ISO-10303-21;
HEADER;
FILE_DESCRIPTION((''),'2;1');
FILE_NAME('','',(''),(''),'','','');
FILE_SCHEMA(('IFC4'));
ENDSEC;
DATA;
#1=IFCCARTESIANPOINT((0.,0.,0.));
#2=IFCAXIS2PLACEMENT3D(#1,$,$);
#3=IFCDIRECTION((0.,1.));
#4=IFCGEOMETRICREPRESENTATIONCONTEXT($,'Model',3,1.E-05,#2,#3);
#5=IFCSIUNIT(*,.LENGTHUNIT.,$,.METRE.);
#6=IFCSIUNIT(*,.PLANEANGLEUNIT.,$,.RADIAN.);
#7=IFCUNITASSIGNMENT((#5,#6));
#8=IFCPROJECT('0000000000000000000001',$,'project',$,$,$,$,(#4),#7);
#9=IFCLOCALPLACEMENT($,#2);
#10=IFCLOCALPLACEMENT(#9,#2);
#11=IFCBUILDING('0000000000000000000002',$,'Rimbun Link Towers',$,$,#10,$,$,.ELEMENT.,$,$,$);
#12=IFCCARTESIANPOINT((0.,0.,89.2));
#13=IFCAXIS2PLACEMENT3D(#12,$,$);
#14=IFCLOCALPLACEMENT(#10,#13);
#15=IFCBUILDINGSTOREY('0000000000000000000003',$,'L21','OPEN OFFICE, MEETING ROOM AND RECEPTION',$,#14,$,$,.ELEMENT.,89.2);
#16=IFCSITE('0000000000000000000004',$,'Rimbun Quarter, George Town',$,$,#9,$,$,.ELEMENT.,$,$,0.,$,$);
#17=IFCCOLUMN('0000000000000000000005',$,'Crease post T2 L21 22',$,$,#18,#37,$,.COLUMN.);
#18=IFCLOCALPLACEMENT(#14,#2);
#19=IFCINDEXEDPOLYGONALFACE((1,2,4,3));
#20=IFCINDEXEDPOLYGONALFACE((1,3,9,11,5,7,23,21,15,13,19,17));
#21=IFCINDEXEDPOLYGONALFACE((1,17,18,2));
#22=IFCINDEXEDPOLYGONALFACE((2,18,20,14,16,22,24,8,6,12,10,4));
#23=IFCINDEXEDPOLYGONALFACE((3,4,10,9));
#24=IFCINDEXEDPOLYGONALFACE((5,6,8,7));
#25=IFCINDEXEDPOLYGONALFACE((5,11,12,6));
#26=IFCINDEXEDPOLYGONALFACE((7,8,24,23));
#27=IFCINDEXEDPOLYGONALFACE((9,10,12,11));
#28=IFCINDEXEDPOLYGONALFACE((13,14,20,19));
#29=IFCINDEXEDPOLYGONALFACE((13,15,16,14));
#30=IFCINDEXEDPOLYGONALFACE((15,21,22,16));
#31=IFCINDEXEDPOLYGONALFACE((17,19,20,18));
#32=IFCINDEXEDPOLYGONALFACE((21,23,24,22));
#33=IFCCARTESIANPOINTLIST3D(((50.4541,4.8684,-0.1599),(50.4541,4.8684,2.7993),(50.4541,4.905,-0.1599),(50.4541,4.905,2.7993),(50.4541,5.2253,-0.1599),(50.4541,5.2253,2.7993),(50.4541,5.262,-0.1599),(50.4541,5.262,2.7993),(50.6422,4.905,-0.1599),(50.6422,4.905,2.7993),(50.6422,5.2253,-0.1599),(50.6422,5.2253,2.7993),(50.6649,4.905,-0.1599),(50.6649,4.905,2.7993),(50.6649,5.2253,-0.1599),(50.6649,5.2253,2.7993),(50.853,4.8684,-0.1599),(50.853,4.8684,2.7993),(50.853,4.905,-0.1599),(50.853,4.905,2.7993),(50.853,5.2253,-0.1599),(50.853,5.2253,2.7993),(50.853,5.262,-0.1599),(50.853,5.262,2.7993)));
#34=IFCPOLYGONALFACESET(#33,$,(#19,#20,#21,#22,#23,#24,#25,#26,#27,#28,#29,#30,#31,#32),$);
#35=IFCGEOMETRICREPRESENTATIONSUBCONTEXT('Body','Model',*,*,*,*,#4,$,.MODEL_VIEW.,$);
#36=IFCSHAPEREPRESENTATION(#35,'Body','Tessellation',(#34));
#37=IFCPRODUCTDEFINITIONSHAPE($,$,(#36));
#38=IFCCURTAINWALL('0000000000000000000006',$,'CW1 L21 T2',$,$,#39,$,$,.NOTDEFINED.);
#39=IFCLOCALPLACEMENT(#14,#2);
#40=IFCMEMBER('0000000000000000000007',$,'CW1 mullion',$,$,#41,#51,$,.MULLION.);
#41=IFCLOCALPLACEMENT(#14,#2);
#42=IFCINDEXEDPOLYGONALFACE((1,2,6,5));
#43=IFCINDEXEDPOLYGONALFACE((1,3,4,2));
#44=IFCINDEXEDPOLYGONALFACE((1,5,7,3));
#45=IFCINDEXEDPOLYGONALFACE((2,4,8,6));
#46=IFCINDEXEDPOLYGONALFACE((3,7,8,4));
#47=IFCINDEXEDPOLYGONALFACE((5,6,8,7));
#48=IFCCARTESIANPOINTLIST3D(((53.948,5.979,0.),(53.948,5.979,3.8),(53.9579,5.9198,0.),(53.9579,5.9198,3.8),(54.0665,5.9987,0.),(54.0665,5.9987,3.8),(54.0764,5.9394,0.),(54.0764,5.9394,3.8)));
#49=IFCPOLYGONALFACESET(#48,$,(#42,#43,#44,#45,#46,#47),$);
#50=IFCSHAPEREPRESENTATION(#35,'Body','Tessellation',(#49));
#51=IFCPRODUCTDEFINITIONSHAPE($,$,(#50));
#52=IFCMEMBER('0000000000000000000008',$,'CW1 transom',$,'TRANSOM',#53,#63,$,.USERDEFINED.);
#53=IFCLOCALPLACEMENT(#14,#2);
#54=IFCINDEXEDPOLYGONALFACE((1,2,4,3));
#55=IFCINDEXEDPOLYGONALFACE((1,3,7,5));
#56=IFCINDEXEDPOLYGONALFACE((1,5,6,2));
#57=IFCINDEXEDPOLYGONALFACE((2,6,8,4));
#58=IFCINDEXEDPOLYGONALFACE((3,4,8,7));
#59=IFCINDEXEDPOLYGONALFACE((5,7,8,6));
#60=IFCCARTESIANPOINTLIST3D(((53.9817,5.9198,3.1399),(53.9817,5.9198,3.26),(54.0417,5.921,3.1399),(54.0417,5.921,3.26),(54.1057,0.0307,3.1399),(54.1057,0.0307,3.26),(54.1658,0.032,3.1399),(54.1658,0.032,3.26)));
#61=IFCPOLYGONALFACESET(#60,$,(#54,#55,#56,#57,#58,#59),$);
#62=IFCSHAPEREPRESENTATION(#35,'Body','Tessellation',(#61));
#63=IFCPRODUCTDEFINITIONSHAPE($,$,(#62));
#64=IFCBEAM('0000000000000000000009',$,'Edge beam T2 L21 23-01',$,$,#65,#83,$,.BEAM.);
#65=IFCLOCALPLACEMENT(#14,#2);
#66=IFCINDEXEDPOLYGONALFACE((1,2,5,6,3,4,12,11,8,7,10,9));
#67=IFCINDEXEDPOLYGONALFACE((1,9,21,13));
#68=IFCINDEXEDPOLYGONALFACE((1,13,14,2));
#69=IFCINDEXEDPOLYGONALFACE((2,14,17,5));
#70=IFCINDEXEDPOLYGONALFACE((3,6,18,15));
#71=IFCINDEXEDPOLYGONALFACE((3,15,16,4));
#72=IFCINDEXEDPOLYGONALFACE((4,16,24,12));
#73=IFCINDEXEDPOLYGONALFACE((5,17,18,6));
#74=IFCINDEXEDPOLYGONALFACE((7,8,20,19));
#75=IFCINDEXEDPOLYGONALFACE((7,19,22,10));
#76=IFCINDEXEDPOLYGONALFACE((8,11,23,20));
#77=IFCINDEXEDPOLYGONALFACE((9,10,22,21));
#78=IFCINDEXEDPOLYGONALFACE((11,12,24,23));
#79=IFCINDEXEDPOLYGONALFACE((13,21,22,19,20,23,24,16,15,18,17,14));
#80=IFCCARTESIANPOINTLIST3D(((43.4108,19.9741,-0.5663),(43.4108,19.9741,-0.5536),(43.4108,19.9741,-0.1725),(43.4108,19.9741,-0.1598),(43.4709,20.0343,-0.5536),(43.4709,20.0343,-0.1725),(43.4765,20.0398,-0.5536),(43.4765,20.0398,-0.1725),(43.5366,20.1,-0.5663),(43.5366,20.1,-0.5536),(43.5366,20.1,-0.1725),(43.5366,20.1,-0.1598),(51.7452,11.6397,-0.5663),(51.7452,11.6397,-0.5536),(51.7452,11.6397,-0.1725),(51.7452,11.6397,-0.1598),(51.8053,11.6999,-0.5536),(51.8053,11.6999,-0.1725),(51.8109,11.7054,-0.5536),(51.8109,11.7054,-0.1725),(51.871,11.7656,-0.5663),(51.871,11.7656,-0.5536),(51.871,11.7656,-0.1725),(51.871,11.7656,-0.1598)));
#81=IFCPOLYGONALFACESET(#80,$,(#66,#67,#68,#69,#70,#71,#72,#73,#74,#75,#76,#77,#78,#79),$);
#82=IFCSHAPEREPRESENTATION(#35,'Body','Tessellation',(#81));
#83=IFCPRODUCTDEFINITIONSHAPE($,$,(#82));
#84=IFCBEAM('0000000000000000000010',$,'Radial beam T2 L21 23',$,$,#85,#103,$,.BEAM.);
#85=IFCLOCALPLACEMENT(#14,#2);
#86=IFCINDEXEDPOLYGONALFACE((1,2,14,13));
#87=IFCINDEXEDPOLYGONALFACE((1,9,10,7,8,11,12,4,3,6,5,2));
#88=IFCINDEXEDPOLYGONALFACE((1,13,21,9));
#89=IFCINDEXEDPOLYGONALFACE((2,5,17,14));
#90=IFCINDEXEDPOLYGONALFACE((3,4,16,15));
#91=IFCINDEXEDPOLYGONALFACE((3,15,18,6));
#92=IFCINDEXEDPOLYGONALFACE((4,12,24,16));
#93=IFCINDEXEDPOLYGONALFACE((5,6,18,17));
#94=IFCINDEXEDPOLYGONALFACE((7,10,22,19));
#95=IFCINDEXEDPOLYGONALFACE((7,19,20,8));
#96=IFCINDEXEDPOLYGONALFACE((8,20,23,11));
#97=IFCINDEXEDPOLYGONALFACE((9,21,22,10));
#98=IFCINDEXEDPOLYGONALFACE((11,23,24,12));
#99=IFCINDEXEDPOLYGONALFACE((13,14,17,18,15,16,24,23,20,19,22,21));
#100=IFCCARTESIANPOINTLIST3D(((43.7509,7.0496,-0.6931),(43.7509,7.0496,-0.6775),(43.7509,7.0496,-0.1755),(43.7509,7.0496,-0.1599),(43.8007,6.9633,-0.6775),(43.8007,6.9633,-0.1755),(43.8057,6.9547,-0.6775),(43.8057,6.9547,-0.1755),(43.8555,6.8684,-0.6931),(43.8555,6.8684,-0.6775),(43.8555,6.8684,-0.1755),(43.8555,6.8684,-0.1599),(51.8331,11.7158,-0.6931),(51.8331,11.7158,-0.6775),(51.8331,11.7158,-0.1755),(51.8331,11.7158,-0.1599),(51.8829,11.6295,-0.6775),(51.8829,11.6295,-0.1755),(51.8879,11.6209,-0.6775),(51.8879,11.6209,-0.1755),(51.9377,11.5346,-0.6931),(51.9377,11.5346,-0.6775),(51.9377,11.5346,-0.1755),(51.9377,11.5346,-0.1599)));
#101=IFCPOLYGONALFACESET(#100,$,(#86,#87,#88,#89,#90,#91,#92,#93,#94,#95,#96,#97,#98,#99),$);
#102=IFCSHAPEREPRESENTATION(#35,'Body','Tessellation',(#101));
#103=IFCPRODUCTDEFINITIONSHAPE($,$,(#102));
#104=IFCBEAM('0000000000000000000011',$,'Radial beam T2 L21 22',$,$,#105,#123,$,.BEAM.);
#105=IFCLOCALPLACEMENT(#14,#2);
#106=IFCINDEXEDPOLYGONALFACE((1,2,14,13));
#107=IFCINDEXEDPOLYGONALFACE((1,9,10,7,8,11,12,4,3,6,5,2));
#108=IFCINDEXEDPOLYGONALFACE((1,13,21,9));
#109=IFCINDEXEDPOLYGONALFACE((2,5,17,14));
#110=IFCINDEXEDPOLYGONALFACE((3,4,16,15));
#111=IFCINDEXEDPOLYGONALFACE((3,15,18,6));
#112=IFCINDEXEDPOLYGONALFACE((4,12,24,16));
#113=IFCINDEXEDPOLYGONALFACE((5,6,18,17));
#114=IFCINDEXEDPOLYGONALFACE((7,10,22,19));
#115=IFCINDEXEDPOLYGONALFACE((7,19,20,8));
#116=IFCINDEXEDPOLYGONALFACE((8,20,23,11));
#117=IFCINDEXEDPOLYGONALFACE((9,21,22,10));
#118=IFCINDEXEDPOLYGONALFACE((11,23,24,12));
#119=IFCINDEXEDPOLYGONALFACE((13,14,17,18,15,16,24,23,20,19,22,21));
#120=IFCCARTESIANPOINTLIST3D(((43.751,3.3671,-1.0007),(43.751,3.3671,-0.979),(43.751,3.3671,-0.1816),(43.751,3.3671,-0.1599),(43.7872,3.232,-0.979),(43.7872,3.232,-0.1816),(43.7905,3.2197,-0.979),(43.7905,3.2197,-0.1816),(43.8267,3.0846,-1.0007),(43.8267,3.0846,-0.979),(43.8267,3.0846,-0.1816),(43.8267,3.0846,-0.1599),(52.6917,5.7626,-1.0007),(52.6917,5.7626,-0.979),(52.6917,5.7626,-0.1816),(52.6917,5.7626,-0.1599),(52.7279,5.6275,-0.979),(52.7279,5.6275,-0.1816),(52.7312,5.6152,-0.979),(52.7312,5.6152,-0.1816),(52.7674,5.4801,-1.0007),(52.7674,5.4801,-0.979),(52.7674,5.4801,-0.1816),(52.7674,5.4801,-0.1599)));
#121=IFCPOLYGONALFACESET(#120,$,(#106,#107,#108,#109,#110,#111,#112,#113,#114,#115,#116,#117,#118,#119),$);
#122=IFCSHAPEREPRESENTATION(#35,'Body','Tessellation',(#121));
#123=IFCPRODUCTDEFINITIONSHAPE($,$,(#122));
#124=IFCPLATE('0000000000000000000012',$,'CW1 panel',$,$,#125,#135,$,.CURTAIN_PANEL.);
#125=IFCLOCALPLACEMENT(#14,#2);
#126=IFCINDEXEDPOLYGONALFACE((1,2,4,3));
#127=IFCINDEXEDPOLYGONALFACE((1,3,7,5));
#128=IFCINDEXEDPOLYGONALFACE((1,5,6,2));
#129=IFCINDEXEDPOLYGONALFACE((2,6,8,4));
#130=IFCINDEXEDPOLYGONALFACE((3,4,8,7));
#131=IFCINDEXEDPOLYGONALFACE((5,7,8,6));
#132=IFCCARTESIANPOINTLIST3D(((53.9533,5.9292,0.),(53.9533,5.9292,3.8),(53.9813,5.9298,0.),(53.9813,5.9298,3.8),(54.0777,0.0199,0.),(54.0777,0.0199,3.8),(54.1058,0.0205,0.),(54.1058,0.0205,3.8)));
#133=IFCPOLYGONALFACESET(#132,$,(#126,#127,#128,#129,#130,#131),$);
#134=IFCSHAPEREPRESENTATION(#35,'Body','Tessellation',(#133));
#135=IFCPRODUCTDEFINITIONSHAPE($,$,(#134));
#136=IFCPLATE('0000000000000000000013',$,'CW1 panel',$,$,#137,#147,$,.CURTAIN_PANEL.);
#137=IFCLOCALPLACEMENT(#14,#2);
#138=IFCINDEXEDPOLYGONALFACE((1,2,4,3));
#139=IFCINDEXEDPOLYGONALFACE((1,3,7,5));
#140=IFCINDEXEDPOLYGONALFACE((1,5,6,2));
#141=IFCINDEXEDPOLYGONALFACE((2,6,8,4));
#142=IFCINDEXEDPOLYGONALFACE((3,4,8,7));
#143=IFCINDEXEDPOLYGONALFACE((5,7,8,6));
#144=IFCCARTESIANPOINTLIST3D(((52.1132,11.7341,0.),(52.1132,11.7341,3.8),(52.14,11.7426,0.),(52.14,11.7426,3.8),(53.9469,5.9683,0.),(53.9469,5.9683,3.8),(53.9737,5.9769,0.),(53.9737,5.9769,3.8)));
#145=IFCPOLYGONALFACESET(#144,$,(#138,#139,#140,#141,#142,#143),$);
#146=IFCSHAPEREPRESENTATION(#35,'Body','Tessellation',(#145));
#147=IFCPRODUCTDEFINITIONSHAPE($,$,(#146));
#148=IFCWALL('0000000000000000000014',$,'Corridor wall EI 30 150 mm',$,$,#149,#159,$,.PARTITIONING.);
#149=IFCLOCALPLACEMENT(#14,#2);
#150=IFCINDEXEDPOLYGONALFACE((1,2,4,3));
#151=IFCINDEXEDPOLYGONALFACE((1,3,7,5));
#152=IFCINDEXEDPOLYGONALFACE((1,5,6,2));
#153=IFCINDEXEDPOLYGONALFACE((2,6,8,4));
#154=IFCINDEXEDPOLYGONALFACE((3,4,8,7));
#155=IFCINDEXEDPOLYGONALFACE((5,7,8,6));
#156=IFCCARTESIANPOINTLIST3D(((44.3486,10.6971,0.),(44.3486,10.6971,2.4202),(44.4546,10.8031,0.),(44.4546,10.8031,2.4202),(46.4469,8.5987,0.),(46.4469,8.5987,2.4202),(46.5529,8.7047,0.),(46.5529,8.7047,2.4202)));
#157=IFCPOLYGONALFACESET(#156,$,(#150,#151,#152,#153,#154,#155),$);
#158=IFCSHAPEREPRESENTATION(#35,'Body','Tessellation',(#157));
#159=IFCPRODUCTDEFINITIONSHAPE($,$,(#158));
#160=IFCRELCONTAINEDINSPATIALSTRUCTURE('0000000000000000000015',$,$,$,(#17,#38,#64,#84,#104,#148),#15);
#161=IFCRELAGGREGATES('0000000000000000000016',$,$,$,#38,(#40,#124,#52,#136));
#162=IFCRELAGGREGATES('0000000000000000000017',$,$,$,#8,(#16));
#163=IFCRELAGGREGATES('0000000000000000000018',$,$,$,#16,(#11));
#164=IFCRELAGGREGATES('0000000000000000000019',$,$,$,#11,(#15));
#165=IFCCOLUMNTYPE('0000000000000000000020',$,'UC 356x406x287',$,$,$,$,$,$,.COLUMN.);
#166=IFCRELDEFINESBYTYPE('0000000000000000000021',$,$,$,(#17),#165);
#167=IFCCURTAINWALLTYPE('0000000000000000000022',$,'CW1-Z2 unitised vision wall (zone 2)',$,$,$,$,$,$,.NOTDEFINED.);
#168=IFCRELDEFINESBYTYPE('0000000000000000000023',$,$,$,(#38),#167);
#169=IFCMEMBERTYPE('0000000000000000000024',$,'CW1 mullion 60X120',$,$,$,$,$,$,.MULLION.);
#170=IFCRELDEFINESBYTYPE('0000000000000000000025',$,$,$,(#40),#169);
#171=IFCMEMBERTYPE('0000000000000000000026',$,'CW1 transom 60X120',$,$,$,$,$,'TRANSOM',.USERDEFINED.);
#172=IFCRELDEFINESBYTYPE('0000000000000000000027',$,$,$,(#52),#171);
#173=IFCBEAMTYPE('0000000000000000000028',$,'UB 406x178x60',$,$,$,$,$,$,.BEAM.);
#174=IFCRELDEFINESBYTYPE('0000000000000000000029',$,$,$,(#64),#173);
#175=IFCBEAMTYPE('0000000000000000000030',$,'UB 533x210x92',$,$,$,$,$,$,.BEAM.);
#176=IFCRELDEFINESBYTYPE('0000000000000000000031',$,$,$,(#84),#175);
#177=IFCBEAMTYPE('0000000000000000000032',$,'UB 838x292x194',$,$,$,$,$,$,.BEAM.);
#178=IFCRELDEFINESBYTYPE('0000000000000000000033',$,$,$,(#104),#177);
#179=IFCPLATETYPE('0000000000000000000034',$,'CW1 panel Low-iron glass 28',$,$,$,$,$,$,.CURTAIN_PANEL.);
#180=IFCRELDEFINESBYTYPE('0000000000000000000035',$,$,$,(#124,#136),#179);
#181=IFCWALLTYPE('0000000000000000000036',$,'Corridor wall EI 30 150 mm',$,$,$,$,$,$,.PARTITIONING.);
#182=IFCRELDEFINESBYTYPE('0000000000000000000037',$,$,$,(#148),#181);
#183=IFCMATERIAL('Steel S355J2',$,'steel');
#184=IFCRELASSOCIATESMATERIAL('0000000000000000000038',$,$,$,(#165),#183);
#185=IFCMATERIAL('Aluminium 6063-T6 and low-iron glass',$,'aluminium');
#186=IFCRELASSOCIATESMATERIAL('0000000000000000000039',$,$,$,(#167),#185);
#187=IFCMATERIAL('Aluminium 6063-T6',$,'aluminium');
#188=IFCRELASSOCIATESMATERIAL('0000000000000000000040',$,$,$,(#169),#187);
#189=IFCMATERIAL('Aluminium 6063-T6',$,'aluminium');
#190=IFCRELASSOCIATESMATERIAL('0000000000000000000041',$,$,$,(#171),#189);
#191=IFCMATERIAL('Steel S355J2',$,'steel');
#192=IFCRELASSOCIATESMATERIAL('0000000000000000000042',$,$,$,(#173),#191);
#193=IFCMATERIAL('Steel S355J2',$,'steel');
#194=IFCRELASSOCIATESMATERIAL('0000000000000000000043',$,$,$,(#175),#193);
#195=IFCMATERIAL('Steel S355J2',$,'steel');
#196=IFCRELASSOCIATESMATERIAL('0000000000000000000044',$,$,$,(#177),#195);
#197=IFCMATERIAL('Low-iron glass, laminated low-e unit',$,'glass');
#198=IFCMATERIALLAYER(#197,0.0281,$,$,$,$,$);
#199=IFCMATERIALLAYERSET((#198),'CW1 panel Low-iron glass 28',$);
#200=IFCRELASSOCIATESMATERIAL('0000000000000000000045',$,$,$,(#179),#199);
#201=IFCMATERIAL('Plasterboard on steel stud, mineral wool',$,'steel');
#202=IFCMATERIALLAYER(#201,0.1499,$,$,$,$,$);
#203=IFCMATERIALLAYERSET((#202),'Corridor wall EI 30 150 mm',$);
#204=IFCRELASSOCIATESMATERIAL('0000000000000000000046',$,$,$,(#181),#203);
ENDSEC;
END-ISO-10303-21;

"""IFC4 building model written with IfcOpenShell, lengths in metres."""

from ifc_helpers import new_model, si_unit, direction, frame, frame_2d, origin, origin_2d, place, context, subcontext, project, spatial, rectangle, i_section, extrude, material, layer, layer_set, material_profile, profile_set, type_object, element, aggregate, save


model = new_model("IFC4")

# Units and contexts
model_context = context("Model", 3, precision=1e-05, world=origin(), true_north=direction((0.0, 1.0)))
body_context = subcontext(model_context, "Body", "Model", "MODEL_VIEW")
ifc_project = project(units=[si_unit("LENGTHUNIT", "METRE"), si_unit("PLANEANGLEUNIT", "RADIAN")], contexts=[model_context])

# Site, building, storey
site_placement = place(None, origin())
site = spatial("IfcSite", under=ifc_project, at=site_placement, Name="Rimbun Quarter, George Town", CompositionType="ELEMENT", RefElevation=0.0)
building_placement = place(site_placement, origin())
building = spatial("IfcBuilding", under=site, at=building_placement, Name="Rimbun Link Towers", CompositionType="ELEMENT")
storey_placement = place(building_placement, frame((0.0, 0.0, 89.2)))
storey = spatial("IfcBuildingStorey", under=building, at=storey_placement, Name="L21", Description="OPEN OFFICE, MEETING ROOM AND RECEPTION", CompositionType="ELEMENT", Elevation=89.2)

# Column
ifc_material_1 = material(Name="Steel S355J2", Category="steel")
ifc_material_profile_1 = material_profile(ifc_material_1, i_section(OverallWidth=0.3989, OverallDepth=0.3936, WebThickness=0.0227, FlangeThickness=0.0366, at=origin_2d()), Name="UC 356x406x287")
ifc_profile_set_1 = profile_set([ifc_material_profile_1], Name="Steel S355J2")
column_type = type_object("IfcColumnType", Name="UC 356x406x287", PredefinedType="COLUMN", material=ifc_profile_set_1)
column_placement = place(storey_placement, frame((50.6536, 5.0652, -0.1599), z_axis=(0.0, 0.0, 1.0), x_axis=(1.0, 0.0, 0.0)))
element("IfcColumn", 1, at=column_placement, inside=storey, type_object=column_type, Name="Crease post T2 L21 22", PredefinedType="COLUMN", context=body_context, shape_type="SweptSolid", body=[
    extrude(i_section(OverallWidth=0.3989, OverallDepth=0.3936, WebThickness=0.0227, FlangeThickness=0.0366, at=origin_2d()), origin(), (0.0, 0.0, 1.0), 2.9592),
])

# Curtain wall, members
ifc_material_2 = material(Name="Aluminium 6063-T6 and low-iron glass", Category="aluminium")
curtain_wall_type = type_object("IfcCurtainWallType", Name="CW1-Z2 unitised vision wall (zone 2)", PredefinedType="NOTDEFINED", material=ifc_material_2)
curtain_wall_placement = place(storey_placement, origin())
curtain_wall = element("IfcCurtainWall", 2, at=curtain_wall_placement, inside=storey, type_object=curtain_wall_type, Name="CW1 L21 T2", PredefinedType="NOTDEFINED")
ifc_material_3 = material(Name="Aluminium 6063-T6", Category="aluminium")
ifc_material_profile_2 = material_profile(ifc_material_3, rectangle(XDim=0.1201, YDim=0.0601, at=origin_2d()), Name="MULLION 60X120")
ifc_profile_set_2 = profile_set([ifc_material_profile_2], Name="Aluminium 6063-T6")
member_type_1 = type_object("IfcMemberType", Name="CW1 mullion 60X120", PredefinedType="MULLION", material=ifc_profile_set_2)
member_1_placement = place(storey_placement, frame((54.0122, 5.9592, 0.0), z_axis=(0.0, 0.0, 1.0), x_axis=(0.986503, 0.163745, 0.0)))
member_1 = element("IfcMember", 3, at=member_1_placement, type_object=member_type_1, Name="CW1 mullion", PredefinedType="MULLION", context=body_context, shape_type="SweptSolid", body=[
    extrude(rectangle(XDim=0.1201, YDim=0.0601, at=origin_2d()), origin(), (0.0, 0.0, 1.0), 3.8),
])
ifc_material_4 = material(Name="Aluminium 6063-T6", Category="aluminium")
ifc_material_profile_3 = material_profile(ifc_material_4, rectangle(XDim=0.0601, YDim=0.1201, at=origin_2d()), Name="TRANSOM 60X120")
ifc_profile_set_3 = profile_set([ifc_material_profile_3], Name="Aluminium 6063-T6")
member_type_2 = type_object("IfcMemberType", Name="CW1 transom 60X120", ElementType="TRANSOM", PredefinedType="USERDEFINED", material=ifc_profile_set_3)
member_2_placement = place(storey_placement, frame((54.0117, 5.9204, 3.2), z_axis=(0.021055, -0.999778, 0.0), x_axis=(0.999778, 0.021055, 0.0)))
member_2 = element("IfcMember", 4, at=member_2_placement, type_object=member_type_2, Name="CW1 transom", ObjectType="TRANSOM", PredefinedType="USERDEFINED", context=body_context, shape_type="SweptSolid", body=[
    extrude(rectangle(XDim=0.0601, YDim=0.1201, at=origin_2d()), origin(), (0.0, 0.0, 1.0), 5.8904),
])

# Beams
ifc_material_5 = material(Name="Steel S355J2", Category="steel")
ifc_material_profile_4 = material_profile(ifc_material_5, i_section(OverallWidth=0.178, OverallDepth=0.4065, WebThickness=0.0078, FlangeThickness=0.0127, at=origin_2d()), Name="UB 406x178x60")
ifc_profile_set_4 = profile_set([ifc_material_profile_4], Name="Steel S355J2")
beam_type_1 = type_object("IfcBeamType", Name="UB 406x178x60", PredefinedType="BEAM", material=ifc_profile_set_4)
beam_1_placement = place(storey_placement, frame((51.8081, 11.7026, -0.363), z_axis=(-0.707107, 0.707107, 0.0), x_axis=(-0.707107, -0.707107, 0.0)))
element("IfcBeam", 5, at=beam_1_placement, inside=storey, type_object=beam_type_1, Name="Edge beam T2 L21 23-01", PredefinedType="BEAM", context=body_context, shape_type="SweptSolid", body=[
    extrude(i_section(OverallWidth=0.178, OverallDepth=0.4065, WebThickness=0.0078, FlangeThickness=0.0127, at=origin_2d()), origin(), (0.0, 0.0, 1.0), 11.7866),
])
ifc_material_6 = material(Name="Steel S355J2", Category="steel")
ifc_material_profile_5 = material_profile(ifc_material_6, i_section(OverallWidth=0.2092, OverallDepth=0.5332, WebThickness=0.01, FlangeThickness=0.0156, at=origin_2d()), Name="UB 533x210x92")
ifc_profile_set_5 = profile_set([ifc_material_profile_5], Name="Steel S355J2")
beam_type_2 = type_object("IfcBeamType", Name="UB 533x210x92", PredefinedType="BEAM", material=ifc_profile_set_5)
beam_2_placement = place(storey_placement, frame((43.8032, 6.959, -0.4265), z_axis=(0.866027, 0.499996, 0.0), x_axis=(-0.499996, 0.866027, 0.0)))
element("IfcBeam", 6, at=beam_2_placement, inside=storey, type_object=beam_type_2, Name="Radial beam T2 L21 23", PredefinedType="BEAM", context=body_context, shape_type="SweptSolid", body=[
    extrude(i_section(OverallWidth=0.2092, OverallDepth=0.5332, WebThickness=0.01, FlangeThickness=0.0156, at=origin_2d()), origin(), (0.0, 0.0, 1.0), 9.3325),
])
ifc_material_7 = material(Name="Steel S355J2", Category="steel")
ifc_material_profile_6 = material_profile(ifc_material_7, i_section(OverallWidth=0.2925, OverallDepth=0.8408, WebThickness=0.0127, FlangeThickness=0.0217, at=origin_2d()), Name="UB 838x292x194")
ifc_profile_set_6 = profile_set([ifc_material_profile_6], Name="Steel S355J2")
beam_type_3 = type_object("IfcBeamType", Name="UB 838x292x194", PredefinedType="BEAM", material=ifc_profile_set_6)
beam_3_placement = place(storey_placement, frame((43.7888, 3.2258, -0.5803), z_axis=(0.96593, 0.258805, 0.0), x_axis=(-0.258805, 0.96593, 0.0)))
element("IfcBeam", 7, at=beam_3_placement, inside=storey, type_object=beam_type_3, Name="Radial beam T2 L21 22", PredefinedType="BEAM", context=body_context, shape_type="SweptSolid", body=[
    extrude(i_section(OverallWidth=0.2925, OverallDepth=0.8408, WebThickness=0.0127, FlangeThickness=0.0217, at=origin_2d()), origin(), (0.0, 0.0, 1.0), 9.2561),
])

# Plates
ifc_material_8 = material(Name="Low-iron glass, laminated low-e unit", Category="glass")
ifc_layer_1 = layer(ifc_material_8, 0.0281)
ifc_layer_set_1 = layer_set([ifc_layer_1], Name="CW1 panel Low-iron glass 28")
plate_type = type_object("IfcPlateType", Name="CW1 panel Low-iron glass 28", PredefinedType="CURTAIN_PANEL", material=ifc_layer_set_1)
plate_1_placement = place(storey_placement, frame((54.0295, 2.9749, 0.0), z_axis=(0.0, 0.0, 1.0), x_axis=(0.021057, -0.999778, 0.0)))
plate_1 = element("IfcPlate", 8, at=plate_1_placement, type_object=plate_type, Name="CW1 panel", PredefinedType="CURTAIN_PANEL", context=body_context, shape_type="SweptSolid", body=[
    extrude(rectangle(XDim=5.9106, YDim=0.0281, at=origin_2d()), origin(), (0.0, 0.0, 1.0), 3.8),
])
plate_2_placement = place(storey_placement, frame((53.0435, 8.8555, 0.0), z_axis=(0.0, 0.0, 1.0), x_axis=(0.30307, -0.952968, 0.0)))
plate_2 = element("IfcPlate", 9, at=plate_2_placement, type_object=plate_type, Name="CW1 panel", PredefinedType="CURTAIN_PANEL", context=body_context, shape_type="SweptSolid", body=[
    extrude(rectangle(XDim=6.0503, YDim=0.0281, at=origin_2d()), origin(), (0.0, 0.0, 1.0), 3.8),
])
aggregate(curtain_wall, [member_1, plate_1, member_2, plate_2])

# Wall
ifc_material_9 = material(Name="Plasterboard on steel stud, mineral wool", Category="steel")
ifc_layer_2 = layer(ifc_material_9, 0.1499)
ifc_layer_set_2 = layer_set([ifc_layer_2], Name="Corridor wall EI 30 150 mm")
wall_type_1 = type_object("IfcWallType", Name="Corridor wall EI 30 150 mm", PredefinedType="PARTITIONING", material=ifc_layer_set_2)
wall_1_placement = place(storey_placement, frame((46.5, 8.6516, 0.0), z_axis=(0.0, 0.0, 1.0), x_axis=(-0.707107, 0.707107, 0.0)))
element("IfcWall", 10, at=wall_1_placement, inside=storey, type_object=wall_type_1, Name="Corridor wall EI 30 150 mm", PredefinedType="PARTITIONING", context=body_context, shape_type="SweptSolid", body=[
    extrude(rectangle(XDim=2.9675, YDim=0.1499, at=frame_2d((1.4839, 0.0))), origin(), (0.0, 0.0, 1.0), 2.4202),
])

save(model, "model.ifc")
